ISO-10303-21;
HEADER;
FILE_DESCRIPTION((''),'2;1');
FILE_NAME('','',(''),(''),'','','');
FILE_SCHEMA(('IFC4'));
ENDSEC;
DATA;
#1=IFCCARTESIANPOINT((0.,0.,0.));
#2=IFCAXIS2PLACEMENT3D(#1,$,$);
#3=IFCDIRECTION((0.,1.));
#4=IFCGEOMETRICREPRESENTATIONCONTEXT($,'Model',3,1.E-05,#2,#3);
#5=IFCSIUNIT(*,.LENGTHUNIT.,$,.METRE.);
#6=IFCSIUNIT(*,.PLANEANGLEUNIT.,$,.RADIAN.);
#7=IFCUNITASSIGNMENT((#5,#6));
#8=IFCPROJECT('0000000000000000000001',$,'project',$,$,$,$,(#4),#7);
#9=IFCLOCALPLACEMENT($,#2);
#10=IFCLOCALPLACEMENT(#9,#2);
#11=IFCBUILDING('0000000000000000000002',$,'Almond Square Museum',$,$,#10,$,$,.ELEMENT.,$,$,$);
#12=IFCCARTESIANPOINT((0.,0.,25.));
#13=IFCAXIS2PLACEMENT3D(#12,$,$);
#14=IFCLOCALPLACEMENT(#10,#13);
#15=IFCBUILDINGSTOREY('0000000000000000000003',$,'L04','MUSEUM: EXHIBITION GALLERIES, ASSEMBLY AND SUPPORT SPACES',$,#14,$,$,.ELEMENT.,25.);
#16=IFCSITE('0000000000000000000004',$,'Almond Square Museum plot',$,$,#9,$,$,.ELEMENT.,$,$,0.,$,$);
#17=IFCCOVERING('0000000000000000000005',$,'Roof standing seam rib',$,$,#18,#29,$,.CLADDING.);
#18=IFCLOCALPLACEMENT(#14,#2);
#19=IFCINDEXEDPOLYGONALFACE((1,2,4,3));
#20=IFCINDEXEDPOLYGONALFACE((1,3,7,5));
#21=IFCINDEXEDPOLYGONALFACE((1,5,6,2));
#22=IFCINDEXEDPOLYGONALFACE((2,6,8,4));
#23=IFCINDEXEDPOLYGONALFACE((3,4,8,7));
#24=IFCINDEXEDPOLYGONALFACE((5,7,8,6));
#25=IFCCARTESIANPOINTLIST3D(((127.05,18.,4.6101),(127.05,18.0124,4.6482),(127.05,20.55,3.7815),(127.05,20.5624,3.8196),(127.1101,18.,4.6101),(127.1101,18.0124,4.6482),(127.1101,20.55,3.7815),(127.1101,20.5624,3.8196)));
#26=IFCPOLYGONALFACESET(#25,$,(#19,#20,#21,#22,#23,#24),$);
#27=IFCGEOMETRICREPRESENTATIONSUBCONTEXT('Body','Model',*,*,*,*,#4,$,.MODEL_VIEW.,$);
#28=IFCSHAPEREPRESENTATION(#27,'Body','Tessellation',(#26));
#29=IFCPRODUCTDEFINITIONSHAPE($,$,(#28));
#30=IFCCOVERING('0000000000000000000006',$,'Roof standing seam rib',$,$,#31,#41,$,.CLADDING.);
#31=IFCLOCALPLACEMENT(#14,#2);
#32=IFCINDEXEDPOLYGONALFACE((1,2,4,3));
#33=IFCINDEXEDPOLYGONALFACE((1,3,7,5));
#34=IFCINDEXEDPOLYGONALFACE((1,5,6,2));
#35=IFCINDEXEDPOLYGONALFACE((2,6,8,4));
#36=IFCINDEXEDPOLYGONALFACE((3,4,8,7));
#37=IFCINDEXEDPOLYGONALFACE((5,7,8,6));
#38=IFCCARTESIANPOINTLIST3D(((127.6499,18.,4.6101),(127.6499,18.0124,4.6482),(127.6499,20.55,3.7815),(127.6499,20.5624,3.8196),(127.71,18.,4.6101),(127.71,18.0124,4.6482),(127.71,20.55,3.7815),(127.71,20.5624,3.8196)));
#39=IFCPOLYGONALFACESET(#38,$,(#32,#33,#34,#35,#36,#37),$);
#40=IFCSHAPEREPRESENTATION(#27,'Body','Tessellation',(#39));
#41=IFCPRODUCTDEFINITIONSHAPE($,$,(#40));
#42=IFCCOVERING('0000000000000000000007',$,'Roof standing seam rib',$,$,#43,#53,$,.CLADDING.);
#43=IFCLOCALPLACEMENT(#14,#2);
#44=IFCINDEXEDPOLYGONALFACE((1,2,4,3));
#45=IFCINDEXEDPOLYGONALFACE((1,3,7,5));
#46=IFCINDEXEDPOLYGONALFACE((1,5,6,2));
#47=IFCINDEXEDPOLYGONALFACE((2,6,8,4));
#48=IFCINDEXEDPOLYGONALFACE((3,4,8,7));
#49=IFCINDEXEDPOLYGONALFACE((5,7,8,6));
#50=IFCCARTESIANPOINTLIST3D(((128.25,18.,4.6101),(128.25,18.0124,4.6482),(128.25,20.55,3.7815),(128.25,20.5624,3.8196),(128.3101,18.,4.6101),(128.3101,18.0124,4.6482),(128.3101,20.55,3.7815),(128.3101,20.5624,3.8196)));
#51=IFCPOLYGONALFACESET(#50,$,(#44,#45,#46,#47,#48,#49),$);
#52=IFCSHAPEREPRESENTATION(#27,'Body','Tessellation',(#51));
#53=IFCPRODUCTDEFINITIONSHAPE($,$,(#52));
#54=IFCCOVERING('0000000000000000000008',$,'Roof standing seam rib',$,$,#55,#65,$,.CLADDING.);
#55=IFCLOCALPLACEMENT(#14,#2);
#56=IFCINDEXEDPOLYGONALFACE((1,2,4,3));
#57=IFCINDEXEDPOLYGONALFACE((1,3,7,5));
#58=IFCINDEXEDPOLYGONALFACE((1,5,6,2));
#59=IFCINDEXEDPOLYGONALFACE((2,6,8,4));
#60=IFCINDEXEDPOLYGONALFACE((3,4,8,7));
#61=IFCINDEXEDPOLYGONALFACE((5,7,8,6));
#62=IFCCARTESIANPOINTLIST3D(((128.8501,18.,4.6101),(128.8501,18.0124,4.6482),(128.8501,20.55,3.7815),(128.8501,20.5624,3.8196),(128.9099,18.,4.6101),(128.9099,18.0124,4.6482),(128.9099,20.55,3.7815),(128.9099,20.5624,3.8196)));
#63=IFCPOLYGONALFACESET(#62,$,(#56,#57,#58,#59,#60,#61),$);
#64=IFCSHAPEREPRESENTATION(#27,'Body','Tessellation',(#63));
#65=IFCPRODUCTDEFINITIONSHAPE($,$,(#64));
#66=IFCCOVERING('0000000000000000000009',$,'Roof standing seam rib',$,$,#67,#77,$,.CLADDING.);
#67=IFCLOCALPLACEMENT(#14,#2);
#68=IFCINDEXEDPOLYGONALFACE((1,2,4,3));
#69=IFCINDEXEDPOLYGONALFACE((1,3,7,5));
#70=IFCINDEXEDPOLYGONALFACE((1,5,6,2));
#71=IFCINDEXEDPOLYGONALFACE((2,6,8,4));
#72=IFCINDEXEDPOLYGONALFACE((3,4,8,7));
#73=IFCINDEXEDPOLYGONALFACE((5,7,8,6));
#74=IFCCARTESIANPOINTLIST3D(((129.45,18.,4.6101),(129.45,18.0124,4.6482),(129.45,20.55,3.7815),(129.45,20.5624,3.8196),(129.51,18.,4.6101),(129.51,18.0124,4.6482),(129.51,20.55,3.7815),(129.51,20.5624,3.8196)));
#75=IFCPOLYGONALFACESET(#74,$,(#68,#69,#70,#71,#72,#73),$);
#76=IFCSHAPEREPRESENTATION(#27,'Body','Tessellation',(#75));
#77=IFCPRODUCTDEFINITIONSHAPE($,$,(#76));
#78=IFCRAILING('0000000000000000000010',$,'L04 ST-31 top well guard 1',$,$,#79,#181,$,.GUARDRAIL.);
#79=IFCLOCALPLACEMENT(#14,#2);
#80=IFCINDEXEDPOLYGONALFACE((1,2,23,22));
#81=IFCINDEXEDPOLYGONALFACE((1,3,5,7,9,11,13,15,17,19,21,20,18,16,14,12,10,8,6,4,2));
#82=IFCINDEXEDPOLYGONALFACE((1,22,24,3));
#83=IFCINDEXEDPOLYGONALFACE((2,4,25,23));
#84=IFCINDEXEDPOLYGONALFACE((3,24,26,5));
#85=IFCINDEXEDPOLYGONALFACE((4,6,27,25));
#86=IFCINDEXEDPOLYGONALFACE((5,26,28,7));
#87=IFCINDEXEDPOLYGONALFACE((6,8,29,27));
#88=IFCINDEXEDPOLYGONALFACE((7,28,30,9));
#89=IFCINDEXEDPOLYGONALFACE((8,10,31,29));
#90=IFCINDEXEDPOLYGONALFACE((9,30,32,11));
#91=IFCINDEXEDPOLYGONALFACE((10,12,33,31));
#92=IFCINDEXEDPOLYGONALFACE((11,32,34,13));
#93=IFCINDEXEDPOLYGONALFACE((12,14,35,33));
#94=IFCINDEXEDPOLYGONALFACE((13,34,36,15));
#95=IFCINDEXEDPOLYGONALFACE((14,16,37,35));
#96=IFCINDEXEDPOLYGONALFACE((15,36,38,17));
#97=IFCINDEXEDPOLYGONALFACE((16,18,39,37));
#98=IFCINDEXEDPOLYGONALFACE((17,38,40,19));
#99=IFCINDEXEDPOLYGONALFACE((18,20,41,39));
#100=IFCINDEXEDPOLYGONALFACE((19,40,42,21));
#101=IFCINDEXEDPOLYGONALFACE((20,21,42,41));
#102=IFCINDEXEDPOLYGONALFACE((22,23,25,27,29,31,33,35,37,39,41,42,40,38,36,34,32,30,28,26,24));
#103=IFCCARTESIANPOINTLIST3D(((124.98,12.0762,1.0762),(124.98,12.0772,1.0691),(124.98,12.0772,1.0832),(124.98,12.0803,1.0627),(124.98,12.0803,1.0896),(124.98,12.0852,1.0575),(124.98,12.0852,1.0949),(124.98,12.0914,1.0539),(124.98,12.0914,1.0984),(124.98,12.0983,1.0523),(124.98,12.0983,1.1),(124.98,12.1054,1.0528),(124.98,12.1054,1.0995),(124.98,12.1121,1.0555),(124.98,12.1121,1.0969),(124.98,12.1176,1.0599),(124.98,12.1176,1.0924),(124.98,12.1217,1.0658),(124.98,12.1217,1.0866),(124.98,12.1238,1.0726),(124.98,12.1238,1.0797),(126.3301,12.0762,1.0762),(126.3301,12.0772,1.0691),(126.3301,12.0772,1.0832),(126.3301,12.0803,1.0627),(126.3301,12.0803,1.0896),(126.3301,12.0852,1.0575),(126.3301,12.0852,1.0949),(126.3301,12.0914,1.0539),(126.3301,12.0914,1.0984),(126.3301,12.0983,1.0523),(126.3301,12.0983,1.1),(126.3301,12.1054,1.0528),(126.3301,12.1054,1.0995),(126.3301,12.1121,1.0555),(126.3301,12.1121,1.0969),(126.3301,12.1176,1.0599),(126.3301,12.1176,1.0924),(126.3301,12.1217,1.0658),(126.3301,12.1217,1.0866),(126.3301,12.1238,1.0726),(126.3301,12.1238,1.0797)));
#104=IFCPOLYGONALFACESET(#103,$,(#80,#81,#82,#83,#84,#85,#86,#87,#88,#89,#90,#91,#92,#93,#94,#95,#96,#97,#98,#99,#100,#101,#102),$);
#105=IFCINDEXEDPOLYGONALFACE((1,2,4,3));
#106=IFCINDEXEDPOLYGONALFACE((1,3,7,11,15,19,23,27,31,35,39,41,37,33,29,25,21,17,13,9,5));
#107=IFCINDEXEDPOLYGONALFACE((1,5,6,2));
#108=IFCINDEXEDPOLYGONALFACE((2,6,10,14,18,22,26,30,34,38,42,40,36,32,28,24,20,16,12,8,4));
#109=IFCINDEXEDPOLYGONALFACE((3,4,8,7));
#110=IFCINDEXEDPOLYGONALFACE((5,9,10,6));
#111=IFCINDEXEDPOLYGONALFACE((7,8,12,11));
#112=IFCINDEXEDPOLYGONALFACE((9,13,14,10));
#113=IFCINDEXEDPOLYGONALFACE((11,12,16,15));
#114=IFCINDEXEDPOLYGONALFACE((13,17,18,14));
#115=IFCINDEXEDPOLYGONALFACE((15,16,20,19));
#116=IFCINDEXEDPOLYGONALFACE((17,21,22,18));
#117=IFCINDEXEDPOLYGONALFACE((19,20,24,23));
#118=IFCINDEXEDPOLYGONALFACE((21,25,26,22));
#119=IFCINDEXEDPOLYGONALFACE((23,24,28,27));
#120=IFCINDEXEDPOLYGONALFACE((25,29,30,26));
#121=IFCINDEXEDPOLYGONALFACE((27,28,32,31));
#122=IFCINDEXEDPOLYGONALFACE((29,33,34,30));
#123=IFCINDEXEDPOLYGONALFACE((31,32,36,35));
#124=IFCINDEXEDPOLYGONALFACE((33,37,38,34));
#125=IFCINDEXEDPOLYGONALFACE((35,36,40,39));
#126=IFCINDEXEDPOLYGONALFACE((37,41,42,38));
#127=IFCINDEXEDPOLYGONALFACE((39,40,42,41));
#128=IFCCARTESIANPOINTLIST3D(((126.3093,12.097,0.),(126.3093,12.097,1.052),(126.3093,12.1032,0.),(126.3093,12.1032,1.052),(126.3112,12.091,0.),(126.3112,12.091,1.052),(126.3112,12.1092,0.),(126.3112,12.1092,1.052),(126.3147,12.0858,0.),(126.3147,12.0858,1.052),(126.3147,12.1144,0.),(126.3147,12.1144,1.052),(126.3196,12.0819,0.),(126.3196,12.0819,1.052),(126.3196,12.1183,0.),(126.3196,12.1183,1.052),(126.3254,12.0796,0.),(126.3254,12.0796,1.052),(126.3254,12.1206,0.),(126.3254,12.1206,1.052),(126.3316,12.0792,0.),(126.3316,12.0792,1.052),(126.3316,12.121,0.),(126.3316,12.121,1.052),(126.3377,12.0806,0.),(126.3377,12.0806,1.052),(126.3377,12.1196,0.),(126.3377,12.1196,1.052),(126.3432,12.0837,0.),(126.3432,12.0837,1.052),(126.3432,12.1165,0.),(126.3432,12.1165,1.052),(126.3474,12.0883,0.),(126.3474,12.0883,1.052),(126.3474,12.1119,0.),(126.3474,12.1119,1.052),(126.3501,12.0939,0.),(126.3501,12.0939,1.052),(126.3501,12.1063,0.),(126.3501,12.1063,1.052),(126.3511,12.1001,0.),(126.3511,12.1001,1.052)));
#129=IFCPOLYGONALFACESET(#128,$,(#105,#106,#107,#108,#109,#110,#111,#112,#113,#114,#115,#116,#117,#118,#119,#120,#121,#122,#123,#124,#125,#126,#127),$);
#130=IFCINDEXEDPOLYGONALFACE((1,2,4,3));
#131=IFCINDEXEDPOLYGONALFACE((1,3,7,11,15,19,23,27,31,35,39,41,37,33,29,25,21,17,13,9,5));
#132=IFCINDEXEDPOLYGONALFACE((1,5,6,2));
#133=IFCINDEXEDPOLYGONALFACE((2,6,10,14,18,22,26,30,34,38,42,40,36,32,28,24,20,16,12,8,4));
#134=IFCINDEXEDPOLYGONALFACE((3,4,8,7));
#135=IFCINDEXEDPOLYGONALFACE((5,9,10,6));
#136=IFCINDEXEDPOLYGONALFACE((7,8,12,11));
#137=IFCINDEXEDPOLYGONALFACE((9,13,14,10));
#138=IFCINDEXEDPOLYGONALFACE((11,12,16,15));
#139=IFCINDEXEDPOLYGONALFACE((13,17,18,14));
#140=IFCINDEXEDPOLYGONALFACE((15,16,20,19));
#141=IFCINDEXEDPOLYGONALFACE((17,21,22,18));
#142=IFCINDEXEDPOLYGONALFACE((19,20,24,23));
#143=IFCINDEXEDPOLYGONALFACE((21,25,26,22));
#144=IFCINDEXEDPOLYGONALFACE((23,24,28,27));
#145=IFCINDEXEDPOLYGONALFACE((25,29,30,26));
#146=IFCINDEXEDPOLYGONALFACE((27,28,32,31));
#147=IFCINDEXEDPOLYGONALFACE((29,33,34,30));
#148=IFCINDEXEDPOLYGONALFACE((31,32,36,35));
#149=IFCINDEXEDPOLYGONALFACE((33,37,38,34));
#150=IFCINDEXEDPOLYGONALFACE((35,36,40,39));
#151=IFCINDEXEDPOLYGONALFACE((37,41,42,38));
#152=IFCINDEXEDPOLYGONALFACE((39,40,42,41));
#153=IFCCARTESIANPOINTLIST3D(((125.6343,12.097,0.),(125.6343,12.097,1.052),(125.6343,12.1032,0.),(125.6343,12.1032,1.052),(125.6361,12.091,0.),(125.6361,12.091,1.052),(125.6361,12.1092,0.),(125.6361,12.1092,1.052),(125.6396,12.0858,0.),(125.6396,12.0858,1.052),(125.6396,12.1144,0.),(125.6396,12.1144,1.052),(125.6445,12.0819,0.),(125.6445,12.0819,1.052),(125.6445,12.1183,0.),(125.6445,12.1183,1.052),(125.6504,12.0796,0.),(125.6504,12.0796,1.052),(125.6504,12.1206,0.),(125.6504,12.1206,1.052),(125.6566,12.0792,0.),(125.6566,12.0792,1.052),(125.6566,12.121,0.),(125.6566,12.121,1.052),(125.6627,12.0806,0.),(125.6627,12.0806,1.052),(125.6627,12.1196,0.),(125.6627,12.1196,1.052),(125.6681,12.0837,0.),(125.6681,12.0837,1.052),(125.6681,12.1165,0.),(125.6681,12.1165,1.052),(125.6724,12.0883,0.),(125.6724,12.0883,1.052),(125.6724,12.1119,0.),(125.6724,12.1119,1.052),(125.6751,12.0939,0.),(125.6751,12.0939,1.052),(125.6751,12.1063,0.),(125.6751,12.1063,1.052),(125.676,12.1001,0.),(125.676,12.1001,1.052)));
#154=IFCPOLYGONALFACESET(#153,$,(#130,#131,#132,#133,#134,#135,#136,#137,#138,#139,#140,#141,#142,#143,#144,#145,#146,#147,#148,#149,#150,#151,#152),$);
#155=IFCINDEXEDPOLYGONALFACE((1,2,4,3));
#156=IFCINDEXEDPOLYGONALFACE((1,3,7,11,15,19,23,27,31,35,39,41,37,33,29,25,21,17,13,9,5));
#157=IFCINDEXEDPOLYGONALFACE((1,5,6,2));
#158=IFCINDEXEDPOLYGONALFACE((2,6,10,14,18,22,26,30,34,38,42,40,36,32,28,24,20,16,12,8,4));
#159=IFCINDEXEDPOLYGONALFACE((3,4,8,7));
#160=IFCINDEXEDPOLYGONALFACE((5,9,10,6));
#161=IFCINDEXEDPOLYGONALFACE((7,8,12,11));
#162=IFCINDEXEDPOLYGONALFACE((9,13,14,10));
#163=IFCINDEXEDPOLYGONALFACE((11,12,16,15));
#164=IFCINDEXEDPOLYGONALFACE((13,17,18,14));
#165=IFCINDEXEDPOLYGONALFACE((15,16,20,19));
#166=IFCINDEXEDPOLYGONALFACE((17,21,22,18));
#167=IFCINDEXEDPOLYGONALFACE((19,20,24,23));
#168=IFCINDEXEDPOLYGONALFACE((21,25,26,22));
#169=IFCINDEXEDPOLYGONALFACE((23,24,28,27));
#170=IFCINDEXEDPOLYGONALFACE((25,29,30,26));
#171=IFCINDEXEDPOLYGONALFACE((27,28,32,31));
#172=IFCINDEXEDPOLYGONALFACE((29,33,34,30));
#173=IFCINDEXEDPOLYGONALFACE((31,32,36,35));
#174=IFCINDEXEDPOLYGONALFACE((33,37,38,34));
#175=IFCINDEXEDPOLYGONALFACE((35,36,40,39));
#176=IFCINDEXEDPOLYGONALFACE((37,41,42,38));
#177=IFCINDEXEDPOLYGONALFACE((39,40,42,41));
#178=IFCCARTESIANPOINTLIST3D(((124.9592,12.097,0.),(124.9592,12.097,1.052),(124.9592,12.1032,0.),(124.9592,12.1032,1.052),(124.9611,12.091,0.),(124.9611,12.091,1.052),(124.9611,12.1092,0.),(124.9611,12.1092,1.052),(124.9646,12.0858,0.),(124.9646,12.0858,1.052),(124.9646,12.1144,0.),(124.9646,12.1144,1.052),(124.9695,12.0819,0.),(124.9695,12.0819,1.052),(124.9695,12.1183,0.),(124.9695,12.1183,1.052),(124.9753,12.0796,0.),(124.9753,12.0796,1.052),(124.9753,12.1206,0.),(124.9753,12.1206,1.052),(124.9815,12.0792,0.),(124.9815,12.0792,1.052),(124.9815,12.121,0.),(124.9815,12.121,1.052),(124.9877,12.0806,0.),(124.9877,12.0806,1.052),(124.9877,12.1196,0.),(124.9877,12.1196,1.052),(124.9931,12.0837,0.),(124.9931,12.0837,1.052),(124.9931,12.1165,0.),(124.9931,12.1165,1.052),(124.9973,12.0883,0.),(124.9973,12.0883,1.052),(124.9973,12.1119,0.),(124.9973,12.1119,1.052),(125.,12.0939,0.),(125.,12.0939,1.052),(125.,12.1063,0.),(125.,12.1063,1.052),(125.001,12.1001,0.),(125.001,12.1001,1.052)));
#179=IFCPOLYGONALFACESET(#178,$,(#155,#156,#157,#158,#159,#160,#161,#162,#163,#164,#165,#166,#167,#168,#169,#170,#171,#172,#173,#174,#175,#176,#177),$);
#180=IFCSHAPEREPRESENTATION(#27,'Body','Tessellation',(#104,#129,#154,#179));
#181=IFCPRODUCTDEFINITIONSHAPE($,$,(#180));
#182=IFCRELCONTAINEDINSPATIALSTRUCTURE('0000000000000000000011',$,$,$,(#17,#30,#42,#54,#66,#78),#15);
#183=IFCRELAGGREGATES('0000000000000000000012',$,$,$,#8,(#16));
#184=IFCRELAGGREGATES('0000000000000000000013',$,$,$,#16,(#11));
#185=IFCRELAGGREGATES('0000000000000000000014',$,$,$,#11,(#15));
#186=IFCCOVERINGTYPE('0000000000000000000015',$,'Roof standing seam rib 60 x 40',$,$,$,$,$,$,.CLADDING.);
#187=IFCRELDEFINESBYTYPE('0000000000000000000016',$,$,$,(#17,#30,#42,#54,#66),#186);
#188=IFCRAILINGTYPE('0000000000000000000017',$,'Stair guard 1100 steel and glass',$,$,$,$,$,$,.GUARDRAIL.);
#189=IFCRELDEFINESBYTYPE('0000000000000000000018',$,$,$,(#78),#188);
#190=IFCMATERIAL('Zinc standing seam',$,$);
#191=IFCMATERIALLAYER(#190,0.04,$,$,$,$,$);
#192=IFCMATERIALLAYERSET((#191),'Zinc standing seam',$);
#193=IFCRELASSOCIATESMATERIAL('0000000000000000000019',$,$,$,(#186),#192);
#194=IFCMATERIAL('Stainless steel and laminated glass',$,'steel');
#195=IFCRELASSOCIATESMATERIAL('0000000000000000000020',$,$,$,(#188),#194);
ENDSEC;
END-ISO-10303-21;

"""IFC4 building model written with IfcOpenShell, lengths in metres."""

from ifc_helpers import new_model, si_unit, direction, frame, origin, origin_2d, place, context, subcontext, project, spatial, polyline, circle, outline, extrude, material, layer, layer_set, type_object, element, save


model = new_model("IFC4")

# Units and contexts
model_context = context("Model", 3, precision=1e-05, world=origin(), true_north=direction((0.0, 1.0)))
body_context = subcontext(model_context, "Body", "Model", "MODEL_VIEW")
ifc_project = project(units=[si_unit("LENGTHUNIT", "METRE"), si_unit("PLANEANGLEUNIT", "RADIAN")], contexts=[model_context])

# Site, building, storey
site_placement = place(None, origin())
site = spatial("IfcSite", under=ifc_project, at=site_placement, Name="Almond Square Museum plot", CompositionType="ELEMENT", RefElevation=0.0)
building_placement = place(site_placement, origin())
building = spatial("IfcBuilding", under=site, at=building_placement, Name="Almond Square Museum", CompositionType="ELEMENT")
storey_placement = place(building_placement, frame((0.0, 0.0, 25.0)))
storey = spatial("IfcBuildingStorey", under=building, at=storey_placement, Name="L04", Description="MUSEUM: EXHIBITION GALLERIES, ASSEMBLY AND SUPPORT SPACES", CompositionType="ELEMENT", Elevation=25.0)

# Coverings
ifc_material_1 = material(Name="Zinc standing seam")
ifc_layer_1 = layer(ifc_material_1, 0.04)
ifc_layer_set_1 = layer_set([ifc_layer_1], Name="Zinc standing seam")
covering_type = type_object("IfcCoveringType", Name="Roof standing seam rib 60 x 40", PredefinedType="CLADDING", material=ifc_layer_set_1)
for number, where, z_axis, x_axis, name in (
    (1, (127.1101, 18.0, 4.6101), (0.0, 0.309035, 0.951051), (0.0, 0.951051, -0.309035), "Roof standing seam rib"),
    (2, (127.71, 18.0, 4.6101), (0.0, 0.309035, 0.951051), (0.0, 0.951051, -0.309035), "Roof standing seam rib"),
    (3, (128.3101, 18.0, 4.6101), (0.0, 0.309035, 0.951051), (0.0, 0.951051, -0.309035), "Roof standing seam rib"),
):
    element("IfcCovering", number, at=place(storey_placement, frame(where, z_axis=z_axis, x_axis=x_axis)), inside=storey, type_object=covering_type, Name=name, PredefinedType="CLADDING", context=body_context, shape_type="SweptSolid", body=[
        extrude(outline(polyline([(0.0, 0.0), (2.6813, 0.0), (2.6813, 0.0601), (0.0, 0.0601), (0.0, 0.0)])), origin(), (0.0, 0.0, 1.0), 0.04),
    ])
covering_1_placement = place(storey_placement, frame((128.9099, 18.0, 4.6101), z_axis=(0.0, 0.309035, 0.951051), x_axis=(0.0, 0.951051, -0.309035)))
element("IfcCovering", 4, at=covering_1_placement, inside=storey, type_object=covering_type, Name="Roof standing seam rib", PredefinedType="CLADDING", context=body_context, shape_type="SweptSolid", body=[
    extrude(outline(polyline([(0.0, 0.0), (2.6813, 0.0), (2.6813, 0.0598), (0.0, 0.0598), (0.0, 0.0)])), origin(), (0.0, 0.0, 1.0), 0.04),
])
covering_2_placement = place(storey_placement, frame((129.51, 18.0, 4.6101), z_axis=(0.0, 0.309035, 0.951051), x_axis=(0.0, 0.951051, -0.309035)))
element("IfcCovering", 5, at=covering_2_placement, inside=storey, type_object=covering_type, Name="Roof standing seam rib", PredefinedType="CLADDING", context=body_context, shape_type="SweptSolid", body=[
    extrude(outline(polyline([(0.0, 0.0), (2.6813, 0.0), (2.6813, 0.0601), (0.0, 0.0601), (0.0, 0.0)])), origin(), (0.0, 0.0, 1.0), 0.04),
])

# Railing
ifc_material_2 = material(Name="Stainless steel and laminated glass", Category="steel")
railing_type = type_object("IfcRailingType", Name="Stair guard 1100 steel and glass", PredefinedType="GUARDRAIL", material=ifc_material_2)
for number, where, name in (
    (6, (126.3301, 12.1001, 0.0), "L04 ST-31 top well guard 1"),
):
    element("IfcRailing", number, at=place(storey_placement, frame(where)), inside=storey, type_object=railing_type, Name=name, PredefinedType="GUARDRAIL", context=body_context, shape_type="SweptSolid", body=[
        extrude(circle(Radius=0.0239, at=origin_2d()), frame((0.0, 0.0, 1.0762), z_axis=(-1.0, 0.0, 0.0), x_axis=(0.0, -1.0, 0.0)), (0.0, 0.0, 1.0), 1.3501),
        extrude(circle(Radius=0.021, at=origin_2d()), origin(), (0.0, 0.0, 1.0), 1.052),
        extrude(circle(Radius=0.021, at=origin_2d()), frame((-0.675, 0.0, 0.0)), (0.0, 0.0, 1.0), 1.052),
        extrude(circle(Radius=0.021, at=origin_2d()), frame((-1.3501, 0.0, 0.0)), (0.0, 0.0, 1.0), 1.052),
    ])

save(model, "model.ifc")
